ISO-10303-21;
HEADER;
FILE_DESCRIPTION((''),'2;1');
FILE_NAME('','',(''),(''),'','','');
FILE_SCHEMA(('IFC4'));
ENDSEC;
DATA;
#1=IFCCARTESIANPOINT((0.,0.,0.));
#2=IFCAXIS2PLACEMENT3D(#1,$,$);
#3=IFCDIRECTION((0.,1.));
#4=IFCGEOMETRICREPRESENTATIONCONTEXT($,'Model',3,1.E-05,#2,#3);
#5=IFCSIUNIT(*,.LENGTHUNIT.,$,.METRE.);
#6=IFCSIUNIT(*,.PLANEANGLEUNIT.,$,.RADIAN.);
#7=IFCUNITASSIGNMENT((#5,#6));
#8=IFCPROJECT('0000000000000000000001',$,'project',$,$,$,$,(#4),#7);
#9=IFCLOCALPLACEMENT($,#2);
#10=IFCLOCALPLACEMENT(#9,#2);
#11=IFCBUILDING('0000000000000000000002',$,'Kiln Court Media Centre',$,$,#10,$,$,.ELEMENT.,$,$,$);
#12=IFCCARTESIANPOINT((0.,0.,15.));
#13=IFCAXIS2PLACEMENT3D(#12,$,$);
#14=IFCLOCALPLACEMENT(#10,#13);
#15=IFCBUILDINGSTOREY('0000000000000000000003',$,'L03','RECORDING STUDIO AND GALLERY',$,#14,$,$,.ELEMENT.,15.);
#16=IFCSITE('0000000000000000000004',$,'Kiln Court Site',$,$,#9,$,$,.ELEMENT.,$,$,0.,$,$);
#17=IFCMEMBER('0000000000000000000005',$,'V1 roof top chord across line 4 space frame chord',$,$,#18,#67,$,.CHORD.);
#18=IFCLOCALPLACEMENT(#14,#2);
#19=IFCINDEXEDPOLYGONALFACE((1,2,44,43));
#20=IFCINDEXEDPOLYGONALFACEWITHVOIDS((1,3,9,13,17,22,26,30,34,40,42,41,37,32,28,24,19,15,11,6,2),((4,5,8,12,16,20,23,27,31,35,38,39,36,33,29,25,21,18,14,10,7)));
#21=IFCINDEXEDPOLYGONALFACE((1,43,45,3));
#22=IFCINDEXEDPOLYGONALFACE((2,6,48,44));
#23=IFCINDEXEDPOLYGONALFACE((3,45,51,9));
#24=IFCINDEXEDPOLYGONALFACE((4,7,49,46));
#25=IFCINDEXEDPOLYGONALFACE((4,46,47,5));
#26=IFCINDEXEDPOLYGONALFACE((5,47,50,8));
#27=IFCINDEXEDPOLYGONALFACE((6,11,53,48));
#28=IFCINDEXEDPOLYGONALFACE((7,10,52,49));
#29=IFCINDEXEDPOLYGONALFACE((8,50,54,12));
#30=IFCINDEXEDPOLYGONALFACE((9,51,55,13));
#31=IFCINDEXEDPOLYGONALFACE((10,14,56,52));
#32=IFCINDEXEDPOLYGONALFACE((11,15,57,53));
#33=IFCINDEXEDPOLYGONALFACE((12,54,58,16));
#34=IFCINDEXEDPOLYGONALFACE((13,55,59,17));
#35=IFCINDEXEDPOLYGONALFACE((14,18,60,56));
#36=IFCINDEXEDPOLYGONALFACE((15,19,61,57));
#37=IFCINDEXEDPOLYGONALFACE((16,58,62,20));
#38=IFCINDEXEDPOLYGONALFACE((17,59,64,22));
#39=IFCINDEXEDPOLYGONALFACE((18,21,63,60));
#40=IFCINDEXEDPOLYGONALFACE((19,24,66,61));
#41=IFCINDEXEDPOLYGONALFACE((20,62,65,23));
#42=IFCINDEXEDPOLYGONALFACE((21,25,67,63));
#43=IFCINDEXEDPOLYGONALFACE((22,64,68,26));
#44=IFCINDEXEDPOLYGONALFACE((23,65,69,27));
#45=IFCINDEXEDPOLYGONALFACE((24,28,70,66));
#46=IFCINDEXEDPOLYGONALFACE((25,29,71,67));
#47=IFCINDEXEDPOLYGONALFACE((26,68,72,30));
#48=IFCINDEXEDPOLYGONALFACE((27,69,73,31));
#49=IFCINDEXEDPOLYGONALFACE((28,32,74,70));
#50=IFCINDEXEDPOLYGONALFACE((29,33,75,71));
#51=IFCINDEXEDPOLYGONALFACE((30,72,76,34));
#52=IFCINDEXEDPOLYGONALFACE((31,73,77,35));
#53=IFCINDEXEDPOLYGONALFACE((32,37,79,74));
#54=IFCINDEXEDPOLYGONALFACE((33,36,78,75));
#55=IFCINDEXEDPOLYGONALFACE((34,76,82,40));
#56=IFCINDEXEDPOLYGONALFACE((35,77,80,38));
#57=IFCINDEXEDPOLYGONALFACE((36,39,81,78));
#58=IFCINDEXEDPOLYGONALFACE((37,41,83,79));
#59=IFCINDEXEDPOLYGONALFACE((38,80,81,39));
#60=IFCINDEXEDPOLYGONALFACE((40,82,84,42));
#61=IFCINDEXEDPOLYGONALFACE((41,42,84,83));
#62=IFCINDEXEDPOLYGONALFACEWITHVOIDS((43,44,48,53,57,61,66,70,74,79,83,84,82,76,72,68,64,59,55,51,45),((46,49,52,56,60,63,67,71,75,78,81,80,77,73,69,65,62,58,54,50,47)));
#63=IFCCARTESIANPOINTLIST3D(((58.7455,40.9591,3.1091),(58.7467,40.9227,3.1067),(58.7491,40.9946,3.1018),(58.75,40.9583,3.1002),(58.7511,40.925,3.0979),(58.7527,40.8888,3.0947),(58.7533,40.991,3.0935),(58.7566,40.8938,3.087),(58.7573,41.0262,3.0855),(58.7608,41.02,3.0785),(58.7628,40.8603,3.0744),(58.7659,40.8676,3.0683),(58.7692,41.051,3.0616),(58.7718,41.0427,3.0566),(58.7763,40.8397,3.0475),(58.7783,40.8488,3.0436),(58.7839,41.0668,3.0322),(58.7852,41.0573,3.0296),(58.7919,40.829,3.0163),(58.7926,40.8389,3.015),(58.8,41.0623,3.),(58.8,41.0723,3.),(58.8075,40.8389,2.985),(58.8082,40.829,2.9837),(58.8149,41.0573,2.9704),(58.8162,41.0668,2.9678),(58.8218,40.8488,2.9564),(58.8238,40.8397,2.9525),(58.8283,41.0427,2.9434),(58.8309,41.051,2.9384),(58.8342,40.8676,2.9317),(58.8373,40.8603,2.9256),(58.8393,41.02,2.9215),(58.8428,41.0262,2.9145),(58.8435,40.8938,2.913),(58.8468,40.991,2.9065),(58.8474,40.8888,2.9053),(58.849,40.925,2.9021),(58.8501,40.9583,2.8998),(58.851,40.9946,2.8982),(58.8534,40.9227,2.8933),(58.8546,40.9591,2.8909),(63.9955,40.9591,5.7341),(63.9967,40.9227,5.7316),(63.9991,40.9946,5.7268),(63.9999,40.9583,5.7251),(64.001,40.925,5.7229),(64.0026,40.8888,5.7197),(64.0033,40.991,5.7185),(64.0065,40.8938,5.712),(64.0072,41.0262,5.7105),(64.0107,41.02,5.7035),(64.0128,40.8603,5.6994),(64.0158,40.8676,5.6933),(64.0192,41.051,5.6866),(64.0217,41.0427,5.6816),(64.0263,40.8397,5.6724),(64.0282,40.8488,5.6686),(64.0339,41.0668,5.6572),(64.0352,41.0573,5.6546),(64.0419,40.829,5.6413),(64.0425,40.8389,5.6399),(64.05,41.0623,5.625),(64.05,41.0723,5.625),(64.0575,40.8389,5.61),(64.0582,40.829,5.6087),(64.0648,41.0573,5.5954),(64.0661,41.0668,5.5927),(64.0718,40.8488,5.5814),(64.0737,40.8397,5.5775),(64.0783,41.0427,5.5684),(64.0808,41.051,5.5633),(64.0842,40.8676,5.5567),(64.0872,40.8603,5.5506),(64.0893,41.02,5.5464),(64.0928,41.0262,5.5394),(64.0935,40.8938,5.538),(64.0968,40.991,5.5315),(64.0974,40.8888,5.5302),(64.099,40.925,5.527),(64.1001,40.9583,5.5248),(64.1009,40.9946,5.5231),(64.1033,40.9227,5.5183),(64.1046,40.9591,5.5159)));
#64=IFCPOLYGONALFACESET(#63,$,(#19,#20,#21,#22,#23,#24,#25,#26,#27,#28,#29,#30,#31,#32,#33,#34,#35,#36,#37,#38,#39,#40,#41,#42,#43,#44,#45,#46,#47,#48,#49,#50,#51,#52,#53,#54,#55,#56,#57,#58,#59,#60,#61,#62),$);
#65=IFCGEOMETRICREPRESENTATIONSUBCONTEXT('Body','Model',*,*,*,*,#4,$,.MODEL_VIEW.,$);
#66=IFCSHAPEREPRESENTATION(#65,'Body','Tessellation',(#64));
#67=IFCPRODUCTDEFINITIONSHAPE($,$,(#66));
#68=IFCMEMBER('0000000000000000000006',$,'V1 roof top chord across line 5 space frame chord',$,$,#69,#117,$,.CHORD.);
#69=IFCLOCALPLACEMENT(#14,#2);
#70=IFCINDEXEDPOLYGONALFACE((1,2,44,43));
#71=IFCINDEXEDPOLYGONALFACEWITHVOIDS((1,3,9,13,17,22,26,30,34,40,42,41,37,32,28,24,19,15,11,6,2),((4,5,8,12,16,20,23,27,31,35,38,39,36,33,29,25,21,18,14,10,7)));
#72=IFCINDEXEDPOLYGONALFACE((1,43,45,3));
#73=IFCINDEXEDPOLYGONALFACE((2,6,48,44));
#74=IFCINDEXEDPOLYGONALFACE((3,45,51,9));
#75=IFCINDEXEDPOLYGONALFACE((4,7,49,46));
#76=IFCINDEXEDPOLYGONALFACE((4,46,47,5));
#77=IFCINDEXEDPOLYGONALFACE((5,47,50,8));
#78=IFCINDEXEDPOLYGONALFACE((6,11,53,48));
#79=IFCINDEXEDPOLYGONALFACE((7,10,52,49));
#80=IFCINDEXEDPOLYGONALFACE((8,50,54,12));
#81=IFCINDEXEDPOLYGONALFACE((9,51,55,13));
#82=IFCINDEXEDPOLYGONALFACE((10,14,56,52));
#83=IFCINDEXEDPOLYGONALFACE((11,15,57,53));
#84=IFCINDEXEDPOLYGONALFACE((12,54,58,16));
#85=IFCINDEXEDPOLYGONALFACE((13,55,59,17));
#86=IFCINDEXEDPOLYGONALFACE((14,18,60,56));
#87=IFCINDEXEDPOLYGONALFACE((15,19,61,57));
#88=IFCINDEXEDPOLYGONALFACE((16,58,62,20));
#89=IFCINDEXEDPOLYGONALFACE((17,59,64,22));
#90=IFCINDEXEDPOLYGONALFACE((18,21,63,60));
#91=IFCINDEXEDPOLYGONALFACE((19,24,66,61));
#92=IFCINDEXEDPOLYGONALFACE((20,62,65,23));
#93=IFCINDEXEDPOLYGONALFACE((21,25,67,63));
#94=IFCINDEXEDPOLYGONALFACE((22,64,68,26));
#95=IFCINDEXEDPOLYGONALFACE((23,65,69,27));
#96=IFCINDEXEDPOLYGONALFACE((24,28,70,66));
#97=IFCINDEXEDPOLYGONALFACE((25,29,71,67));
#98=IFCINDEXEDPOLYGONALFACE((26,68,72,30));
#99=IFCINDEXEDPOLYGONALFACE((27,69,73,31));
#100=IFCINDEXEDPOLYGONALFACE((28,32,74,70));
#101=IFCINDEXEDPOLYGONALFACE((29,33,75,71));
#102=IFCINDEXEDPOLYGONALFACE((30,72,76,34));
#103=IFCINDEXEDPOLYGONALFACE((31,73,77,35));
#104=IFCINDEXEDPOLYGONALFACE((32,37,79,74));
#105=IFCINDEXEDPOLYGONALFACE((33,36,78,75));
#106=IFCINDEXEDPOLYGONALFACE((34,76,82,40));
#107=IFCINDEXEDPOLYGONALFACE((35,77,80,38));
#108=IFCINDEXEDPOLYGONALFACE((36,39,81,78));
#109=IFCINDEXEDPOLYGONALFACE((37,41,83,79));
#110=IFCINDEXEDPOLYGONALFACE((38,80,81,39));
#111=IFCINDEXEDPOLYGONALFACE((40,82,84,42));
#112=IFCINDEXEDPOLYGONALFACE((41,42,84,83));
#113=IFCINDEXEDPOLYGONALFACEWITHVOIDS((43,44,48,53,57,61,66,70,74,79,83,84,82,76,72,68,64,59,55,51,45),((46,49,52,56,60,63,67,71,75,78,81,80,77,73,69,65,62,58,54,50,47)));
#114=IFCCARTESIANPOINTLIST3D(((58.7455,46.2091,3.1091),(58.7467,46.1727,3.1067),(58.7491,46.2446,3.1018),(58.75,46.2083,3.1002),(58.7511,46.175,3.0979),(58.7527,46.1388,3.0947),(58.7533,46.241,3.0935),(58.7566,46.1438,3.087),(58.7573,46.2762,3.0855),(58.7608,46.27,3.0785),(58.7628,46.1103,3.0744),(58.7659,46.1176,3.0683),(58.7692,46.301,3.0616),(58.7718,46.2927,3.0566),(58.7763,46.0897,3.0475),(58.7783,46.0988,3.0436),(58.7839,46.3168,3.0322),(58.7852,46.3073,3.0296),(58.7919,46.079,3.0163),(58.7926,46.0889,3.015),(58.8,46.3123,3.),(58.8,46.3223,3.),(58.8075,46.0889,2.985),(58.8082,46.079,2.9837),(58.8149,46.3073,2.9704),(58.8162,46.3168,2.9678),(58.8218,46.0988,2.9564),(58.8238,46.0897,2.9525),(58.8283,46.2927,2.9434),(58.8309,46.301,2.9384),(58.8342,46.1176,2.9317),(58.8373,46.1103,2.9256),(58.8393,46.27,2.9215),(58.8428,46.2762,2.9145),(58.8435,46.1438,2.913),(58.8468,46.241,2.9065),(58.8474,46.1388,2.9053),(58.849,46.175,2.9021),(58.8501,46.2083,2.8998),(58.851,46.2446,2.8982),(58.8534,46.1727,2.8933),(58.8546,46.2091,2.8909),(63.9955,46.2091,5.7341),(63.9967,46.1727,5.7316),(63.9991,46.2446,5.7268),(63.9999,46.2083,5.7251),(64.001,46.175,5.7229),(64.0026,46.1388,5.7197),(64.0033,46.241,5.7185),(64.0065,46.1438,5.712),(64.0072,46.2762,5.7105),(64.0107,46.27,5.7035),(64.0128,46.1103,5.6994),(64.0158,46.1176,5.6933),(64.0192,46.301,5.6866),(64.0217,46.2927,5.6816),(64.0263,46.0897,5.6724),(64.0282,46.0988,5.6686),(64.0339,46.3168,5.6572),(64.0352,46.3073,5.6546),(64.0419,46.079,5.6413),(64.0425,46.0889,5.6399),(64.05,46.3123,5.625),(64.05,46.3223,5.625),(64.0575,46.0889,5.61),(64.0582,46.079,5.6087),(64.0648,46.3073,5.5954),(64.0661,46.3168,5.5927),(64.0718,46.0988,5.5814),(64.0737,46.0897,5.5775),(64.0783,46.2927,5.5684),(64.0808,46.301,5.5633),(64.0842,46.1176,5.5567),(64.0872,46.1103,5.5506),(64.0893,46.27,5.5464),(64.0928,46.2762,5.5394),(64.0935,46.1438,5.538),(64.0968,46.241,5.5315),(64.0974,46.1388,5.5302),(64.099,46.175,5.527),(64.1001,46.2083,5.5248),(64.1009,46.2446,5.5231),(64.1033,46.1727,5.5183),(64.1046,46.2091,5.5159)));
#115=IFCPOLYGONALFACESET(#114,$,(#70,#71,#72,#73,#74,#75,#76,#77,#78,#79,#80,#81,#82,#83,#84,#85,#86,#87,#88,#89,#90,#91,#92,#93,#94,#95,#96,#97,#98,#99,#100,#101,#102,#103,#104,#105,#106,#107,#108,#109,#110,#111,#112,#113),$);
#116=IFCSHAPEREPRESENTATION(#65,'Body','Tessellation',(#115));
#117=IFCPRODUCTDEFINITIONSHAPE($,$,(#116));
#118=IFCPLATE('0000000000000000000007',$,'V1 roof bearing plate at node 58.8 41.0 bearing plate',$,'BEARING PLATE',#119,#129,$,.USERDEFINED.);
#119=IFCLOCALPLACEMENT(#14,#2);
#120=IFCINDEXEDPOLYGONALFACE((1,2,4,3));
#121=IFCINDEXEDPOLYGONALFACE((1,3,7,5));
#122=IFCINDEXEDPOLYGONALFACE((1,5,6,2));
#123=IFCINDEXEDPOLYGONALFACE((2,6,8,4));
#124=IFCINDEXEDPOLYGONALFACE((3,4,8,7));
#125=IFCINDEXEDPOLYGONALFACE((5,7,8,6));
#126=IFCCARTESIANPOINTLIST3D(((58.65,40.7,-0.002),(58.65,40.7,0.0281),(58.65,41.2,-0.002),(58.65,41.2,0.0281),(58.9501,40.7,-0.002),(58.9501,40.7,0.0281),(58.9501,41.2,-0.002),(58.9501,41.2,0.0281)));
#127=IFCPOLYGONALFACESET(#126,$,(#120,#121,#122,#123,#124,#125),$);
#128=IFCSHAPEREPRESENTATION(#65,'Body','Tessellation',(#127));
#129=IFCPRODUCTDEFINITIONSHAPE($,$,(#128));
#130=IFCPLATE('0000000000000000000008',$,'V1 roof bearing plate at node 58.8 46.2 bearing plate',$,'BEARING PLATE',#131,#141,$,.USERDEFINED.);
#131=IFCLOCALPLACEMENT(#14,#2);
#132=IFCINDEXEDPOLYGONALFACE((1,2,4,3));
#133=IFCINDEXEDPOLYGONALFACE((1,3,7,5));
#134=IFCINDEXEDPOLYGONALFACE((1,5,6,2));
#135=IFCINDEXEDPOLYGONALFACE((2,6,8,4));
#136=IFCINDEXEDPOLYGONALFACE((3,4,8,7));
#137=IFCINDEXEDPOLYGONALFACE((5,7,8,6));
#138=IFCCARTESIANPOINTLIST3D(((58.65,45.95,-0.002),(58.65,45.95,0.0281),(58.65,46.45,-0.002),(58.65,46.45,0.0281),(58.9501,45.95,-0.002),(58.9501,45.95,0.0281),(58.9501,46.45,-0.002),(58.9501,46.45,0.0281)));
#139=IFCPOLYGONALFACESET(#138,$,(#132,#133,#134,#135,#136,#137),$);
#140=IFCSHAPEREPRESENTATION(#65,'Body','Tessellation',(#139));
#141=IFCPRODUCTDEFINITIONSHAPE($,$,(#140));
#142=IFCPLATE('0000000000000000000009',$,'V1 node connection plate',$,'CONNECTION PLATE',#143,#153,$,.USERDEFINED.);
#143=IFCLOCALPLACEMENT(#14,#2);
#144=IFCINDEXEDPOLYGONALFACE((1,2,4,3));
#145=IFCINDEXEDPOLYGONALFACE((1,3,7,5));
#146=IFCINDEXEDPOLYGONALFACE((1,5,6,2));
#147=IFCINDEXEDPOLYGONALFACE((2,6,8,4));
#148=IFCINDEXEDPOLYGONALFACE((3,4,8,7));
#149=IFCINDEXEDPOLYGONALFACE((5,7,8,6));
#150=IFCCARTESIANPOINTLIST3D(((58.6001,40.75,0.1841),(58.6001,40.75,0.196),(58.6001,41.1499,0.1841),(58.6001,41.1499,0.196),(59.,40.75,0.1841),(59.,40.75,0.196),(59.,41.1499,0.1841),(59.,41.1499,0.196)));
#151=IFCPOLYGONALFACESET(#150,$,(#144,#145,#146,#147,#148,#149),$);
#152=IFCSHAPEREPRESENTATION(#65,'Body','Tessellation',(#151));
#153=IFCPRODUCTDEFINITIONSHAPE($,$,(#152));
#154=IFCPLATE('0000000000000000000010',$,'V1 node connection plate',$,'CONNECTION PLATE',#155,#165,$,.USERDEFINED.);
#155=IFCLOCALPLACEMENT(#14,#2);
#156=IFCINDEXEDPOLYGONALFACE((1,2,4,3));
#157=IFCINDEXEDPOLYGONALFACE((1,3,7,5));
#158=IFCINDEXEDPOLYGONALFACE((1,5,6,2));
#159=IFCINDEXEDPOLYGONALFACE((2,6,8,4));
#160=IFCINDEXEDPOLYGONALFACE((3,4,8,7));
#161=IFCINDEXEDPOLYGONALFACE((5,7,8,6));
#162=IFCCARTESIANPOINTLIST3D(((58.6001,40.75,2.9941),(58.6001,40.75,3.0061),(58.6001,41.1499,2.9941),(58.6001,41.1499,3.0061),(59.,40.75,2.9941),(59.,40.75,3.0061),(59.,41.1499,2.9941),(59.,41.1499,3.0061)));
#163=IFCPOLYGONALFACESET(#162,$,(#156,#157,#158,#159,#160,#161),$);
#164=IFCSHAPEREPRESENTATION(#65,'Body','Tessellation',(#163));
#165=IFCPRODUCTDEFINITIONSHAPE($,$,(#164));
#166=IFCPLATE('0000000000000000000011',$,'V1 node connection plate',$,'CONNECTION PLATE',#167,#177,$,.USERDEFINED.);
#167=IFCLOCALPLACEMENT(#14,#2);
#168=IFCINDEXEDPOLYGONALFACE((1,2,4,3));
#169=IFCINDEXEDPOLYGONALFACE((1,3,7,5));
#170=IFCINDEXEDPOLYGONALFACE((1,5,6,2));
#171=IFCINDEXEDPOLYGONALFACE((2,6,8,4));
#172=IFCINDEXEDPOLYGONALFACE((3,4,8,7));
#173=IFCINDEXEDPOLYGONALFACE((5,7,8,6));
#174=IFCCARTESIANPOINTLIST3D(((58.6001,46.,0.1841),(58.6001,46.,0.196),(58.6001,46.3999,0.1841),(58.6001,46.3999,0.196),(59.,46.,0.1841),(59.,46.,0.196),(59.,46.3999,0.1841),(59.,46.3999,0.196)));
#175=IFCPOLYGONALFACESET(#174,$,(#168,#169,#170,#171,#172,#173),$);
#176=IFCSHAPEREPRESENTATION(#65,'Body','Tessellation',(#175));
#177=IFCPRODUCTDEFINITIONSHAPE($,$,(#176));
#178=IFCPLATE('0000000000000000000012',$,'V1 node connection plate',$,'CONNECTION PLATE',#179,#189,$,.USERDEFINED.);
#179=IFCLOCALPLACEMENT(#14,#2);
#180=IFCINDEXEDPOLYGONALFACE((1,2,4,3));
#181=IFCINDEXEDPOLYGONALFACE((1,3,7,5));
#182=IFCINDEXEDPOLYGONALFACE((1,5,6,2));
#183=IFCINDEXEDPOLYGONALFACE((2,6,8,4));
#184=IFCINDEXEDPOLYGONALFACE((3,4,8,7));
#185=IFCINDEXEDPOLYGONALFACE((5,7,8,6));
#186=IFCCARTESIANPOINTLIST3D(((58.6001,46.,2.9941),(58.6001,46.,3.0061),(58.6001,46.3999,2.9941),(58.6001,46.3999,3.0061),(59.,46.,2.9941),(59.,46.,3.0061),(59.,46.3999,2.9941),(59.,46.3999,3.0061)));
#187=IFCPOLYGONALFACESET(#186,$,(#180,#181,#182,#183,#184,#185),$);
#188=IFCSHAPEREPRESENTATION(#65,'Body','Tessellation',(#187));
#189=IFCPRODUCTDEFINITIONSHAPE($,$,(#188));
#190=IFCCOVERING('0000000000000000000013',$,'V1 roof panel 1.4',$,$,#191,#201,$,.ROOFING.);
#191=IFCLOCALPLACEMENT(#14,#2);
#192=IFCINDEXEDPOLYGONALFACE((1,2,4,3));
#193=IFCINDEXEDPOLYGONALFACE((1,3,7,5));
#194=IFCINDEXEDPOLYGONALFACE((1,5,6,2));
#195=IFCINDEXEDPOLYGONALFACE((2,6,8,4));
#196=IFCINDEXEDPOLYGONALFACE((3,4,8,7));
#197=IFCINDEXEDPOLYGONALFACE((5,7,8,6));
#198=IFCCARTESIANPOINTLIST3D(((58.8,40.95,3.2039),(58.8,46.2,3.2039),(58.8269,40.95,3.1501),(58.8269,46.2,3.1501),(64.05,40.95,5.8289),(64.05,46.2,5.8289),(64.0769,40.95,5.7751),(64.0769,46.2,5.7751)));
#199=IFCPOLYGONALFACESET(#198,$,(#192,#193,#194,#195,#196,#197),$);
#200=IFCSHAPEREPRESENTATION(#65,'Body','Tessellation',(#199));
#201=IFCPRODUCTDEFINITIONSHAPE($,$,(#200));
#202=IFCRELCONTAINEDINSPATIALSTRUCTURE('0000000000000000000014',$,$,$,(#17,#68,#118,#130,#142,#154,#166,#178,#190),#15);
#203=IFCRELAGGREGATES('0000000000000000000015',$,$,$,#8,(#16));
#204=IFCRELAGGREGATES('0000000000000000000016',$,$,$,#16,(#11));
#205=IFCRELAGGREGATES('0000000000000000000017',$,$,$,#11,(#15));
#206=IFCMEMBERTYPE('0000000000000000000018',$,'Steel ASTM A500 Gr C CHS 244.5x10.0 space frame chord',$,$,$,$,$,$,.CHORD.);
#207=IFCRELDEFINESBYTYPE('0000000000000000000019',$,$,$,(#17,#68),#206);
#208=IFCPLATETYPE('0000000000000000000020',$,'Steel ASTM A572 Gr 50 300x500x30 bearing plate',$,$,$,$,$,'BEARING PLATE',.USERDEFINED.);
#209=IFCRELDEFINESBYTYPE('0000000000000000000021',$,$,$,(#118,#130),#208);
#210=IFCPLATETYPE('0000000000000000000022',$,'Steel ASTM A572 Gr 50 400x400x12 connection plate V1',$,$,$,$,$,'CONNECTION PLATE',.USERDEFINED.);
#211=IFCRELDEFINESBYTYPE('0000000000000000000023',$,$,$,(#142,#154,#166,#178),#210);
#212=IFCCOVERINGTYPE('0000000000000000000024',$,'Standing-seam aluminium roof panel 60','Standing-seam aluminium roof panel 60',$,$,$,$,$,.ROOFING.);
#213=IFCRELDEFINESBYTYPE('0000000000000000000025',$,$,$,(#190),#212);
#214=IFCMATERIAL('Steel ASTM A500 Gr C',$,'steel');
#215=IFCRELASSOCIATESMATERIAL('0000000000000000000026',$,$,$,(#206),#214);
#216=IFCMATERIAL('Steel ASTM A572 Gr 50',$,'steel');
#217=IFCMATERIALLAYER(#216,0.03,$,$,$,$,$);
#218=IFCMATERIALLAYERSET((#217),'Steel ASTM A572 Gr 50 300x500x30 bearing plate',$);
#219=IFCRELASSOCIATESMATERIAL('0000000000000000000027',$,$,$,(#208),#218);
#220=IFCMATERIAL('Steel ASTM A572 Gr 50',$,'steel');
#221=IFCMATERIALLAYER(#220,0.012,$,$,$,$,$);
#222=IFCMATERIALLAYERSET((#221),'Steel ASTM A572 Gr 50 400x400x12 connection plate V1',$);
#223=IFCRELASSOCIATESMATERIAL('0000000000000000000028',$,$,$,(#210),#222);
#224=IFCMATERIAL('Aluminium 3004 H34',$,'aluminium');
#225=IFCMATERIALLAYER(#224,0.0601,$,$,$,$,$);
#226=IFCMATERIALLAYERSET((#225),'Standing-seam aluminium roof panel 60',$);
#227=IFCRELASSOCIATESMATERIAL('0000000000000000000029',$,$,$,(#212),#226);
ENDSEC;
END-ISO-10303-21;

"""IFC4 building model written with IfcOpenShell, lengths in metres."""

from ifc_helpers import new_model, si_unit, direction, frame, origin, origin_2d, place, context, subcontext, project, spatial, polyline, rectangle, hollow_circle, outline, extrude, material, layer, layer_set, material_profile, profile_set, type_object, element, save


model = new_model("IFC4")

# Units and contexts
model_context = context("Model", 3, precision=1e-05, world=origin(), true_north=direction((0.0, 1.0)))
body_context = subcontext(model_context, "Body", "Model", "MODEL_VIEW")
ifc_project = project(units=[si_unit("LENGTHUNIT", "METRE"), si_unit("PLANEANGLEUNIT", "RADIAN")], contexts=[model_context])

# Site, building, storey
site_placement = place(None, origin())
site = spatial("IfcSite", under=ifc_project, at=site_placement, Name="Kiln Court Site", CompositionType="ELEMENT", RefElevation=0.0)
building_placement = place(site_placement, origin())
building = spatial("IfcBuilding", under=site, at=building_placement, Name="Kiln Court Media Centre", CompositionType="ELEMENT")
storey_placement = place(building_placement, frame((0.0, 0.0, 15.0)))
storey = spatial("IfcBuildingStorey", under=building, at=storey_placement, Name="L03", Description="RECORDING STUDIO AND GALLERY", CompositionType="ELEMENT", Elevation=15.0)

# Members
ifc_material_1 = material(Name="Steel ASTM A500 Gr C", Category="steel")
ifc_material_profile_1 = material_profile(ifc_material_1, hollow_circle(Radius=0.1223, WallThickness=0.01, at=origin_2d()), Name="CHS 244.5x10.0")
ifc_profile_set_1 = profile_set([ifc_material_profile_1], Name="Steel ASTM A500 Gr C")
member_type_1 = type_object("IfcMemberType", Name="Steel ASTM A500 Gr C CHS 244.5x10.0 space frame chord", PredefinedType="CHORD", material=ifc_profile_set_1)
for number, where, z_axis, x_axis, name in (
    (1, (58.8, 40.95, 3.0), (0.894427, 0.0, 0.447214), (0.0, 1.0, 0.0), "V1 roof top chord across line 4 space frame chord"),
    (2, (58.8, 46.2, 3.0), (0.894427, 0.0, 0.447214), (0.0, 1.0, 0.0), "V1 roof top chord across line 5 space frame chord"),
):
    element("IfcMember", number, at=place(storey_placement, frame(where, z_axis=z_axis, x_axis=x_axis)), inside=storey, type_object=member_type_1, Name=name, PredefinedType="CHORD", context=body_context, shape_type="SweptSolid", body=[
        extrude(hollow_circle(Radius=0.1223, WallThickness=0.01, at=origin_2d()), origin(), (0.0, 0.0, 1.0), 5.8696),
    ])

# Plates
ifc_material_2 = material(Name="Steel ASTM A572 Gr 50", Category="steel")
ifc_layer_1 = layer(ifc_material_2, 0.03)
ifc_layer_set_1 = layer_set([ifc_layer_1], Name="Steel ASTM A572 Gr 50 300x500x30 bearing plate")
plate_type_1 = type_object("IfcPlateType", Name="Steel ASTM A572 Gr 50 300x500x30 bearing plate", ElementType="BEARING PLATE", PredefinedType="USERDEFINED", material=ifc_layer_set_1)
for number, where, z_axis, x_axis, name in (
    (3, (58.8, 40.95, -0.002), (0.0, 0.0, 1.0), (1.0, 0.0, 0.0), "V1 roof bearing plate at node 58.8 41.0 bearing plate"),
    (4, (58.8, 46.2, -0.002), (0.0, 0.0, 1.0), (1.0, 0.0, 0.0), "V1 roof bearing plate at node 58.8 46.2 bearing plate"),
):
    element("IfcPlate", number, at=place(storey_placement, frame(where, z_axis=z_axis, x_axis=x_axis)), inside=storey, type_object=plate_type_1, Name=name, ObjectType="BEARING PLATE", PredefinedType="USERDEFINED", context=body_context, shape_type="SweptSolid", body=[
        extrude(rectangle(XDim=0.3, YDim=0.5, at=origin_2d()), origin(), (0.0, 0.0, 1.0), 0.03),
    ])
ifc_material_3 = material(Name="Steel ASTM A572 Gr 50", Category="steel")
ifc_layer_2 = layer(ifc_material_3, 0.012)
ifc_layer_set_2 = layer_set([ifc_layer_2], Name="Steel ASTM A572 Gr 50 400x400x12 connection plate V1")
plate_type_2 = type_object("IfcPlateType", Name="Steel ASTM A572 Gr 50 400x400x12 connection plate V1", ElementType="CONNECTION PLATE", PredefinedType="USERDEFINED", material=ifc_layer_set_2)
for number, where, z_axis, x_axis, name in (
    (5, (58.8, 40.95, 0.1841), (0.0, 0.0, 1.0), (1.0, 0.0, 0.0), "V1 node connection plate"),
    (6, (58.8, 40.95, 2.9941), (0.0, 0.0, 1.0), (1.0, 0.0, 0.0), "V1 node connection plate"),
    (7, (58.8, 46.2, 0.1841), (0.0, 0.0, 1.0), (1.0, 0.0, 0.0), "V1 node connection plate"),
    (8, (58.8, 46.2, 2.9941), (0.0, 0.0, 1.0), (1.0, 0.0, 0.0), "V1 node connection plate"),
):
    element("IfcPlate", number, at=place(storey_placement, frame(where, z_axis=z_axis, x_axis=x_axis)), inside=storey, type_object=plate_type_2, Name=name, ObjectType="CONNECTION PLATE", PredefinedType="USERDEFINED", context=body_context, shape_type="SweptSolid", body=[
        extrude(rectangle(XDim=0.3999, YDim=0.3999, at=origin_2d()), origin(), (0.0, 0.0, 1.0), 0.012),
    ])

# Covering
ifc_material_4 = material(Name="Aluminium 3004 H34", Category="aluminium")
ifc_layer_3 = layer(ifc_material_4, 0.0601)
ifc_layer_set_3 = layer_set([ifc_layer_3], Name="Standing-seam aluminium roof panel 60")
covering_type = type_object("IfcCoveringType", Name="Standing-seam aluminium roof panel 60", Description="Standing-seam aluminium roof panel 60", PredefinedType="ROOFING", material=ifc_layer_set_3)
covering_placement = place(storey_placement, frame((58.8, 40.95, 3.2039), z_axis=(-0.447214, 0.0, 0.894427), x_axis=(0.894427, 0.0, 0.447214)))
element("IfcCovering", 9, at=covering_placement, inside=storey, type_object=covering_type, Name="V1 roof panel 1.4", PredefinedType="ROOFING", context=body_context, shape_type="SweptSolid", body=[
    extrude(outline(polyline([(0.0, 0.0), (5.8697, 0.0), (5.8697, 5.25), (0.0, 5.25), (0.0, 0.0)])), origin(), (0.0, 0.0, -1.0), 0.0601),
])

save(model, "model.ifc")
